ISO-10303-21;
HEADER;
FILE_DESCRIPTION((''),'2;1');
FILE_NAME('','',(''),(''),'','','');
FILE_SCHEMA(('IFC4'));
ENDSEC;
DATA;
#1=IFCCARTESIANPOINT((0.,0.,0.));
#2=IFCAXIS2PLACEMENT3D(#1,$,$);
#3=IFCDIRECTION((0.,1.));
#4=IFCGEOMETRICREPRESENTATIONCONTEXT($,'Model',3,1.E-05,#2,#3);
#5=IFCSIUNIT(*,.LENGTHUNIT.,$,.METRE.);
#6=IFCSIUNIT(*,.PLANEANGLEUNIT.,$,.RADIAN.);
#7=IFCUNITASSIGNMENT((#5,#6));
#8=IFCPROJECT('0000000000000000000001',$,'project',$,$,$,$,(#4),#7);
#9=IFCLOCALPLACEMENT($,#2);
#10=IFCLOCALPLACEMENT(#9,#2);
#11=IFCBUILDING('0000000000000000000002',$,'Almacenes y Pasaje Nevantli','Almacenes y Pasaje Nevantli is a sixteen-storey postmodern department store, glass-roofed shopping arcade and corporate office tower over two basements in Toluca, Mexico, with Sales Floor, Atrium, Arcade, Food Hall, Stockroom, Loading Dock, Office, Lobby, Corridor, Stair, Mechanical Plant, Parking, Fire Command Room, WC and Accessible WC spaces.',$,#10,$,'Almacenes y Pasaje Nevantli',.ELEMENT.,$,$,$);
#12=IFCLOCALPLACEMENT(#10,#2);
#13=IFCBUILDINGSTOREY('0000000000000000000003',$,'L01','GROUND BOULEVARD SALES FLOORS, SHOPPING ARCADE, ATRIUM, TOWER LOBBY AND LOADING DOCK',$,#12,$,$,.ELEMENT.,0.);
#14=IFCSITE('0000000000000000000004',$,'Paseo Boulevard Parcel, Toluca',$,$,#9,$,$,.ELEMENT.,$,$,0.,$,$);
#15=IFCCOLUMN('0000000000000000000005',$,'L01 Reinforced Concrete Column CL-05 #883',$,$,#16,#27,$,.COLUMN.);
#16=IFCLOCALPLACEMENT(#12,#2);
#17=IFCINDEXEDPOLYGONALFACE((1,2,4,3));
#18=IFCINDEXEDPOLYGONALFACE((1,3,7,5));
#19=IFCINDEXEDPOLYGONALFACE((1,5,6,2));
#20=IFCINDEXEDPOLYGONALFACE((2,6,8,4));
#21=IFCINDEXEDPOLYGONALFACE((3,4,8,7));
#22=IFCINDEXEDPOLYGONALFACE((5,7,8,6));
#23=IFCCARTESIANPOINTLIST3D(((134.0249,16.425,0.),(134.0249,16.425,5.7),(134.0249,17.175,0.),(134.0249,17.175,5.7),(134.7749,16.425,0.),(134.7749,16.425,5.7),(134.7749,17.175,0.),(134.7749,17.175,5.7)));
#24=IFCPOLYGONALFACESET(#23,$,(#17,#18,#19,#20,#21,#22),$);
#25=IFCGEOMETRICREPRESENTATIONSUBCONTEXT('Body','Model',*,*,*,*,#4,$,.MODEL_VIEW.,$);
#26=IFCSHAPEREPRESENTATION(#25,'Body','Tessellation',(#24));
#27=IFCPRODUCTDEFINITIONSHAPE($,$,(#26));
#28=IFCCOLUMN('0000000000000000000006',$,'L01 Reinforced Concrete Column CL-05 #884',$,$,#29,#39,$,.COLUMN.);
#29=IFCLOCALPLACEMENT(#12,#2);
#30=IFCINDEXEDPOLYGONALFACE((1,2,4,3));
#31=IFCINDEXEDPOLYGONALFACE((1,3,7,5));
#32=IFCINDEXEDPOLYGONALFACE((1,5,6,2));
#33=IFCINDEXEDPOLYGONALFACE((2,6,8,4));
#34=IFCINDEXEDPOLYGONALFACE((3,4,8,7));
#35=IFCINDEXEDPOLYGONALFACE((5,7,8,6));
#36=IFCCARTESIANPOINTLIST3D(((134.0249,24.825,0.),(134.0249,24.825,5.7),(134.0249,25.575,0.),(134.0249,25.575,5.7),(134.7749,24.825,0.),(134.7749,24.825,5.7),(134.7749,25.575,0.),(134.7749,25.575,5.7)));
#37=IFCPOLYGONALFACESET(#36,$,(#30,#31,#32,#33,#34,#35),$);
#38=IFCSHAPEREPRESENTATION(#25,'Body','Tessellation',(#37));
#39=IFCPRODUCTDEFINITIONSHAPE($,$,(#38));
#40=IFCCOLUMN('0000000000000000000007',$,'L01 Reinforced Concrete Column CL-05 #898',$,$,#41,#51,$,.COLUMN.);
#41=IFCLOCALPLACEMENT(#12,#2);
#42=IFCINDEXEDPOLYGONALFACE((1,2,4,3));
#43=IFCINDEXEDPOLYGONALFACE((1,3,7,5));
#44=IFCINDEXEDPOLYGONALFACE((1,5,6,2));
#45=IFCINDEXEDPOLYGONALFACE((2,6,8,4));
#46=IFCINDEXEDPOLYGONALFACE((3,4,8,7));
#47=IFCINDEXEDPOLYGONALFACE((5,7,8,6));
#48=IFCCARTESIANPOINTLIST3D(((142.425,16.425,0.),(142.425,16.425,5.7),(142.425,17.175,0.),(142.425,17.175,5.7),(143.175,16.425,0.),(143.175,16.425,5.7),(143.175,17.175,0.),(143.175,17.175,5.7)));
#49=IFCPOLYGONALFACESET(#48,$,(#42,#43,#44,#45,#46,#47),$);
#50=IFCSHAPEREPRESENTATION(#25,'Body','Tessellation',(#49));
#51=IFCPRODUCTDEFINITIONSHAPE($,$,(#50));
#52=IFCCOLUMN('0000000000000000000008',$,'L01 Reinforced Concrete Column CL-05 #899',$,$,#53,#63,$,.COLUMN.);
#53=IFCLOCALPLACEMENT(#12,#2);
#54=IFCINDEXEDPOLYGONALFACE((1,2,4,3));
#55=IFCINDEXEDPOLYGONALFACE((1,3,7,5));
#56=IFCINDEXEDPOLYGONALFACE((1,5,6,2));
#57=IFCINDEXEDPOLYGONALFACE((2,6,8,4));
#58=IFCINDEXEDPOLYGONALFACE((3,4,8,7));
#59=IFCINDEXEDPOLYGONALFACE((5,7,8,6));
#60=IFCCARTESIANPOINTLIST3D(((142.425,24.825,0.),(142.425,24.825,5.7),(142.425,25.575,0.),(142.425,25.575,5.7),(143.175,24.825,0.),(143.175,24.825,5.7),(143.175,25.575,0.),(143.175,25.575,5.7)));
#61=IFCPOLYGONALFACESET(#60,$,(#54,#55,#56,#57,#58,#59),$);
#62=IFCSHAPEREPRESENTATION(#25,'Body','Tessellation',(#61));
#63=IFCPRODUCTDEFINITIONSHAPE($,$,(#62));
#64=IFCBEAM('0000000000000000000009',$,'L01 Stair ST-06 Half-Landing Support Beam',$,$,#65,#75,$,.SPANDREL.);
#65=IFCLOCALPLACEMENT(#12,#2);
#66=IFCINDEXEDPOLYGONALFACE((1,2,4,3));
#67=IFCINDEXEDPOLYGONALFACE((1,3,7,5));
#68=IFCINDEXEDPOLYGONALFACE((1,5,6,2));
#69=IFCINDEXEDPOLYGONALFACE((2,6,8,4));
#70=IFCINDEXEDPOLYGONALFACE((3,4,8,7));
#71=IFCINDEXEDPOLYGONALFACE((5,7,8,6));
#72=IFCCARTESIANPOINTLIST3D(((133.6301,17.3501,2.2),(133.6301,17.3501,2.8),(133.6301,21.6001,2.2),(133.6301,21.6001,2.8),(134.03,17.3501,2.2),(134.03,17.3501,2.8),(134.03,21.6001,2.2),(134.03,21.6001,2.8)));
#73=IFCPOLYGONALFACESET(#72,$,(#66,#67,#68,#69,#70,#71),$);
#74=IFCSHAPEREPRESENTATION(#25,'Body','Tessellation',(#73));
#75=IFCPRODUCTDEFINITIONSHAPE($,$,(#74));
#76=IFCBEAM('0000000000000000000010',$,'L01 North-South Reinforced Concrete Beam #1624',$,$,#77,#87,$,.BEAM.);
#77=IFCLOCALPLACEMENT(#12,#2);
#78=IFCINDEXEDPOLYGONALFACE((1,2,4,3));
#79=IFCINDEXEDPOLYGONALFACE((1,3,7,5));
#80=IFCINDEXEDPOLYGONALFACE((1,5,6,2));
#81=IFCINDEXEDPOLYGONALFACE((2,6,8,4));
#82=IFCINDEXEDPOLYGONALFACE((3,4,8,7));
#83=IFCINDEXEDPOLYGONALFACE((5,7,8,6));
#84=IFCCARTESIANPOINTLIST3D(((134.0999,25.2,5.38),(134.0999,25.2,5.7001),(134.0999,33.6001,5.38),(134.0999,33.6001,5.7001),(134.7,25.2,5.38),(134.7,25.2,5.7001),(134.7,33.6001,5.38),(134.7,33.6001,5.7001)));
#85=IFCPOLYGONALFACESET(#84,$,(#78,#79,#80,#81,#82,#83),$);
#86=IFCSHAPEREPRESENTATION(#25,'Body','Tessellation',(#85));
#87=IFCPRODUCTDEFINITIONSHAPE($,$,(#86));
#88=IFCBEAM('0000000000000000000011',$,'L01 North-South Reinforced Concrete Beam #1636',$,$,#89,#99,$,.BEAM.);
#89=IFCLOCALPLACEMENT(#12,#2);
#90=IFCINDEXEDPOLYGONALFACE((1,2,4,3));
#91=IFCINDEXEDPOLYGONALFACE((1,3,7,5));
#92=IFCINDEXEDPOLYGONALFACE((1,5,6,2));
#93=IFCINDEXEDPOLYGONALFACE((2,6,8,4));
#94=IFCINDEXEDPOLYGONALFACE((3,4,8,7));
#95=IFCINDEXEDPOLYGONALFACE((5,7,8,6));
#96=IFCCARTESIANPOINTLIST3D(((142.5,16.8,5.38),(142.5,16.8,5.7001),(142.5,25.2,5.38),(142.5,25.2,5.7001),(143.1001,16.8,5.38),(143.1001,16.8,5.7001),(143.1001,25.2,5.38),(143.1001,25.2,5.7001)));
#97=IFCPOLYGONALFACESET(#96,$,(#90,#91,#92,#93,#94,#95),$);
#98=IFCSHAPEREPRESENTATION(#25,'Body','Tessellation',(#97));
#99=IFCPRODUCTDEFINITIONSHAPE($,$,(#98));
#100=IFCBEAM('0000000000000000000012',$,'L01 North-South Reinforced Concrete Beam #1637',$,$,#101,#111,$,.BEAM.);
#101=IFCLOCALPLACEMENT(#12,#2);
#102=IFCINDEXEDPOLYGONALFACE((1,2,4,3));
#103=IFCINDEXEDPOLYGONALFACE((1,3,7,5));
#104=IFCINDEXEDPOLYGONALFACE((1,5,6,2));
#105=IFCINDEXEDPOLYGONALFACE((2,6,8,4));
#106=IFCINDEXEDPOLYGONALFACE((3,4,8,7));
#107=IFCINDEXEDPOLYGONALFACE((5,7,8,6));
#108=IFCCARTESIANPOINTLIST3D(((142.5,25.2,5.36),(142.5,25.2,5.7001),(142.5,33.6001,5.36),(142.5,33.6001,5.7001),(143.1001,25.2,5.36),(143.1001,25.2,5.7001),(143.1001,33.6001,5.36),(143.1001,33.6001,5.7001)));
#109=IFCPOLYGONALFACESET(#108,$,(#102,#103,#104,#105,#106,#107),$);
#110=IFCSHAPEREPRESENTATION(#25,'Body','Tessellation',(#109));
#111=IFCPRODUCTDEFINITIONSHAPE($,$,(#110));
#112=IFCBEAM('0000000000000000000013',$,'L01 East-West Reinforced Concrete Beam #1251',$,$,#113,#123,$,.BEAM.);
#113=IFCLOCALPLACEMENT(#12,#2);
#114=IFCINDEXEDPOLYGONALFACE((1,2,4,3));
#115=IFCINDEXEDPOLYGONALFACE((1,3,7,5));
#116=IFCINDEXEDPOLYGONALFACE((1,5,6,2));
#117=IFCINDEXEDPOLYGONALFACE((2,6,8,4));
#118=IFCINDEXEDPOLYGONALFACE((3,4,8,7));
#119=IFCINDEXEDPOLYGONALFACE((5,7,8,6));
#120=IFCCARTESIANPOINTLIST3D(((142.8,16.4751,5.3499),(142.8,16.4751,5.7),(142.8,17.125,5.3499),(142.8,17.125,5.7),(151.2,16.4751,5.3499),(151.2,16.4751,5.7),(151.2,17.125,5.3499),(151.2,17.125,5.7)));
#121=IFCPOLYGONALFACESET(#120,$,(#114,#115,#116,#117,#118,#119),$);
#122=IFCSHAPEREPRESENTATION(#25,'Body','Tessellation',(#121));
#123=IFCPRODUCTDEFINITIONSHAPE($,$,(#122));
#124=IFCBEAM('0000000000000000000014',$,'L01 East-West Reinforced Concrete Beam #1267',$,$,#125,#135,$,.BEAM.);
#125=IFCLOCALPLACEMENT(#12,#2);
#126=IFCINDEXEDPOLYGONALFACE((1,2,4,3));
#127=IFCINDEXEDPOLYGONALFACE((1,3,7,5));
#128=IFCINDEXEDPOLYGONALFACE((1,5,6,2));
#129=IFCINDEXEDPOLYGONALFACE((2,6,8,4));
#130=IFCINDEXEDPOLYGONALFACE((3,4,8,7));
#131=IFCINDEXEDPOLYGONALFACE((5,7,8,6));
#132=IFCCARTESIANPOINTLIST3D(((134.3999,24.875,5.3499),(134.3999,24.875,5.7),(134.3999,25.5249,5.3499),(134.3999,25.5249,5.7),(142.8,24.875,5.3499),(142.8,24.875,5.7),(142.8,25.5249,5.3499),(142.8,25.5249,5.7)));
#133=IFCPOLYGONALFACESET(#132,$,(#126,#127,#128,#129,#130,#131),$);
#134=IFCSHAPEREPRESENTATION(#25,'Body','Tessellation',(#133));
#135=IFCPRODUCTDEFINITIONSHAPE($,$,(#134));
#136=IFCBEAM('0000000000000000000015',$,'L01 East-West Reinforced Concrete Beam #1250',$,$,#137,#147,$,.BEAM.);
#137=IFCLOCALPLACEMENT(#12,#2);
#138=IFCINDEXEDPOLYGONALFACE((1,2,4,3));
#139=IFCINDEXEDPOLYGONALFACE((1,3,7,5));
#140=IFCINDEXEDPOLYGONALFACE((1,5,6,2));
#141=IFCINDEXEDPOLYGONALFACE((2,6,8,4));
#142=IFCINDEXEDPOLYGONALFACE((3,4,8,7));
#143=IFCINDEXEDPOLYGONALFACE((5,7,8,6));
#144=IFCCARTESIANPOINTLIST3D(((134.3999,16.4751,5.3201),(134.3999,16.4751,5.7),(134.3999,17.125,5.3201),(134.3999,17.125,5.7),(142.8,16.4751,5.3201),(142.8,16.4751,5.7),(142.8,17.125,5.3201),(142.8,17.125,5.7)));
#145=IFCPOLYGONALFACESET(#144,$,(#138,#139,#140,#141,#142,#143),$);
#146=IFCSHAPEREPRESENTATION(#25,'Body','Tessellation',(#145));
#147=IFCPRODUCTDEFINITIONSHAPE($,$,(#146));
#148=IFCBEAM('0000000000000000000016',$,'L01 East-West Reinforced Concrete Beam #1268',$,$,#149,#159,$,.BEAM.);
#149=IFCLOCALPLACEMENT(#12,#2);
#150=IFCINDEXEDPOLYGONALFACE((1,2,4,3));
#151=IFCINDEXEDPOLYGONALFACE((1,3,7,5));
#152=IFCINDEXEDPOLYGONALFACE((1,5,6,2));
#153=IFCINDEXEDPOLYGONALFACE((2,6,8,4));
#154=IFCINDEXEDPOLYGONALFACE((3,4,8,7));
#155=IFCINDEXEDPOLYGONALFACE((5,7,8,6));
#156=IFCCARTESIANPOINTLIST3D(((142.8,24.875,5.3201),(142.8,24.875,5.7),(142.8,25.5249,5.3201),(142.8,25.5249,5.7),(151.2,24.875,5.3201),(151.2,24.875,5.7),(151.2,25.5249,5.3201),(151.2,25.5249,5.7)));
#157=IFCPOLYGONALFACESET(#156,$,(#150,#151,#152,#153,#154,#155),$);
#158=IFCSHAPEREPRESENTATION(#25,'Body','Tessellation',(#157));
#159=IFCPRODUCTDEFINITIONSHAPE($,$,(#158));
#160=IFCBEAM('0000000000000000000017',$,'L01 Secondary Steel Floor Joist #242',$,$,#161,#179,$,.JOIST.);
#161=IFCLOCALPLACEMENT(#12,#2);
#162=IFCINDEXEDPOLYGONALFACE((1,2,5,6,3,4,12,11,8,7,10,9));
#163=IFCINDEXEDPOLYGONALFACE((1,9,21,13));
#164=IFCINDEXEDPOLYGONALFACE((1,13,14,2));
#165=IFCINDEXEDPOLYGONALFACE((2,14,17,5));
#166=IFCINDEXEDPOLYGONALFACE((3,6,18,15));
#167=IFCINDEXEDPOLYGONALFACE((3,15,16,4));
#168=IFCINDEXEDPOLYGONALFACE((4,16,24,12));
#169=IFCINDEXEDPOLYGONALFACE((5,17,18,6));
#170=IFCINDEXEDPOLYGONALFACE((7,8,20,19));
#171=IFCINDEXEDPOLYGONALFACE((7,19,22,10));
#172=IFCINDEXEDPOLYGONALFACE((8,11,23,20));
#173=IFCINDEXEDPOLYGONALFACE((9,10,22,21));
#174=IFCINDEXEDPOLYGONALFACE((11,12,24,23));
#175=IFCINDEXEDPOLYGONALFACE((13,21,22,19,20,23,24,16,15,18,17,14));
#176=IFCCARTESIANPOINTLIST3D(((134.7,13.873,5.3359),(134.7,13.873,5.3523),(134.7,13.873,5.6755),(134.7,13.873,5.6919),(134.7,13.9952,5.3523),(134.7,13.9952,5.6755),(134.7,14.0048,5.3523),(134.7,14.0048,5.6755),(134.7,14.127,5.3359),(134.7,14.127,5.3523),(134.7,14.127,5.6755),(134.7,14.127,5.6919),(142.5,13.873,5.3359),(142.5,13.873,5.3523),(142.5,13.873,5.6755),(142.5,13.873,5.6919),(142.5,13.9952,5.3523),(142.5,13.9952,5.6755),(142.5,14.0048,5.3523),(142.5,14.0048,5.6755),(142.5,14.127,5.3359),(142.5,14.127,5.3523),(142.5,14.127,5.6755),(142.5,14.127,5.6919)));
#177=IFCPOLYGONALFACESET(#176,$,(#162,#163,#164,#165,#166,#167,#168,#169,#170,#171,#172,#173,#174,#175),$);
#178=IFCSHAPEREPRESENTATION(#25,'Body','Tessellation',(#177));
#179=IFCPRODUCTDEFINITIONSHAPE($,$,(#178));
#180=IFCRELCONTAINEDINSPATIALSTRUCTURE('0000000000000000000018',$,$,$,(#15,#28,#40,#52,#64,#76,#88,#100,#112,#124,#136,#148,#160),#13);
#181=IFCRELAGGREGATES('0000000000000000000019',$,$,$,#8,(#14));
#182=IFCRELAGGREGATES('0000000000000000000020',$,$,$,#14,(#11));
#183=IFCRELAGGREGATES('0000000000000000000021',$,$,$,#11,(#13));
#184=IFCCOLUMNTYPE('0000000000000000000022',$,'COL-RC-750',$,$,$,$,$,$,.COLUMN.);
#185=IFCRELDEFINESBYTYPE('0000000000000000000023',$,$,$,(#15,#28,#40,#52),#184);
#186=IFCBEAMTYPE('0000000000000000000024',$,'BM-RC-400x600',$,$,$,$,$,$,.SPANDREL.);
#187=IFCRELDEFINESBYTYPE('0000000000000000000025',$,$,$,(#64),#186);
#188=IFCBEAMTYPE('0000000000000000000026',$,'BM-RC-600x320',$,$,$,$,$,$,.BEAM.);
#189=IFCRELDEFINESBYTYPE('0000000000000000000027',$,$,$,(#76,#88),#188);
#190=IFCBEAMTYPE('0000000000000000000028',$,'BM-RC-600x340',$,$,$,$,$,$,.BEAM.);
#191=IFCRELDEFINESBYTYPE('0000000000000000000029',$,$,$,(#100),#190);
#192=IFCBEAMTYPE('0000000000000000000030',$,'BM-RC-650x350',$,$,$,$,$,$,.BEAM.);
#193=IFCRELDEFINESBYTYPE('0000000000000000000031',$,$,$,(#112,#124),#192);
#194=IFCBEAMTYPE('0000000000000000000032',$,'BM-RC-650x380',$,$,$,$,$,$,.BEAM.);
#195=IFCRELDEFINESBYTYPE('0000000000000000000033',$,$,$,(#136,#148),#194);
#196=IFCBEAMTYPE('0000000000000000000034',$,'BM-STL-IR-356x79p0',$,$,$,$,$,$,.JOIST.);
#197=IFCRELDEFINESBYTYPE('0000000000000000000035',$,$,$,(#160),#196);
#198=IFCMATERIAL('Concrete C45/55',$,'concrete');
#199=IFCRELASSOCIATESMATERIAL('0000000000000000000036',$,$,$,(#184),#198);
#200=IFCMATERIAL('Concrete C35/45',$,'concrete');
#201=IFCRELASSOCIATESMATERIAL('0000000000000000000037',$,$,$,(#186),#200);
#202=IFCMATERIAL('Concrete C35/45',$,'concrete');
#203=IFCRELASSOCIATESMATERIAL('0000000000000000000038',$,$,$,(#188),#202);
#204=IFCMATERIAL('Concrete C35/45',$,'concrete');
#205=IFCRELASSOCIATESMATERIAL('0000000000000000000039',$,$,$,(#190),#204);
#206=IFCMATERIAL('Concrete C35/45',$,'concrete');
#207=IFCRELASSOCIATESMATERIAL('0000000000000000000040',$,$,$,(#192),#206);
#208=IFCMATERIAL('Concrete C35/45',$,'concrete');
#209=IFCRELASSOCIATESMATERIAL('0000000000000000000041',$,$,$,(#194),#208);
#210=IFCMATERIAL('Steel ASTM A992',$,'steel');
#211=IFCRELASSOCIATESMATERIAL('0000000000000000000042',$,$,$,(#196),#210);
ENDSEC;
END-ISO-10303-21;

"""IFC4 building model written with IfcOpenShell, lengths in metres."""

from ifc_helpers import new_model, si_unit, direction, frame, origin, origin_2d, place, context, subcontext, project, spatial, rectangle, i_section, extrude, material, material_profile, profile_set, type_object, element, save


model = new_model("IFC4")

# Units and contexts
model_context = context("Model", 3, precision=1e-05, world=origin(), true_north=direction((0.0, 1.0)))
body_context = subcontext(model_context, "Body", "Model", "MODEL_VIEW")
ifc_project = project(units=[si_unit("LENGTHUNIT", "METRE"), si_unit("PLANEANGLEUNIT", "RADIAN")], contexts=[model_context])

# Site, building, storey
site_placement = place(None, origin())
site = spatial("IfcSite", under=ifc_project, at=site_placement, Name="Paseo Boulevard Parcel, Toluca", CompositionType="ELEMENT", RefElevation=0.0)
building_placement = place(site_placement, origin())
building = spatial("IfcBuilding", under=site, at=building_placement, Name="Almacenes y Pasaje Nevantli", Description="Almacenes y Pasaje Nevantli is a sixteen-storey postmodern department store, glass-roofed shopping arcade and corporate office tower over two basements in Toluca, Mexico, with Sales Floor, Atrium, Arcade, Food Hall, Stockroom, Loading Dock, Office, Lobby, Corridor, Stair, Mechanical Plant, Parking, Fire Command Room, WC and Accessible WC spaces.", LongName="Almacenes y Pasaje Nevantli", CompositionType="ELEMENT")
storey_placement = place(building_placement, origin())
storey = spatial("IfcBuildingStorey", under=building, at=storey_placement, Name="L01", Description="GROUND BOULEVARD SALES FLOORS, SHOPPING ARCADE, ATRIUM, TOWER LOBBY AND LOADING DOCK", CompositionType="ELEMENT", Elevation=0.0)

# Columns
ifc_material_1 = material(Name="Concrete C45/55", Category="concrete")
ifc_material_profile_1 = material_profile(ifc_material_1, rectangle(XDim=0.75, YDim=0.75, at=origin_2d()), Name="RC-COL-750x750")
ifc_profile_set_1 = profile_set([ifc_material_profile_1], Name="Concrete C45/55")
column_type = type_object("IfcColumnType", Name="COL-RC-750", PredefinedType="COLUMN", material=ifc_profile_set_1)
for number, where, z_axis, x_axis, name in (
    (1, (134.3999, 16.8, 0.0), (0.0, 0.0, 1.0), (1.0, 0.0, 0.0), "L01 Reinforced Concrete Column CL-05 #883"),
    (2, (134.3999, 25.2, 0.0), (0.0, 0.0, 1.0), (1.0, 0.0, 0.0), "L01 Reinforced Concrete Column CL-05 #884"),
    (3, (142.8, 16.8, 0.0), (0.0, 0.0, 1.0), (1.0, 0.0, 0.0), "L01 Reinforced Concrete Column CL-05 #898"),
    (4, (142.8, 25.2, 0.0), (0.0, 0.0, 1.0), (1.0, 0.0, 0.0), "L01 Reinforced Concrete Column CL-05 #899"),
):
    element("IfcColumn", number, at=place(storey_placement, frame(where, z_axis=z_axis, x_axis=x_axis)), inside=storey, type_object=column_type, Name=name, PredefinedType="COLUMN", context=body_context, shape_type="SweptSolid", body=[
        extrude(rectangle(XDim=0.75, YDim=0.75, at=origin_2d()), origin(), (0.0, 0.0, 1.0), 5.7),
    ])

# Beams
ifc_material_2 = material(Name="Concrete C35/45", Category="concrete")
ifc_material_profile_2 = material_profile(ifc_material_2, rectangle(XDim=0.3999, YDim=0.6001, at=origin_2d()), Name="RC-BM-400x600")
ifc_profile_set_2 = profile_set([ifc_material_profile_2], Name="Concrete C35/45")
beam_type_1 = type_object("IfcBeamType", Name="BM-RC-400x600", PredefinedType="SPANDREL", material=ifc_profile_set_2)
beam_1_placement = place(storey_placement, frame((133.8301, 17.3501, 2.5), z_axis=(0.0, 1.0, 0.0), x_axis=(-1.0, 0.0, 0.0)))
element("IfcBeam", 5, at=beam_1_placement, inside=storey, type_object=beam_type_1, Name="L01 Stair ST-06 Half-Landing Support Beam", PredefinedType="SPANDREL", context=body_context, shape_type="SweptSolid", body=[
    extrude(rectangle(XDim=0.3999, YDim=0.6001, at=origin_2d()), origin(), (0.0, 0.0, 1.0), 4.25),
])
ifc_material_3 = material(Name="Concrete C35/45", Category="concrete")
ifc_material_profile_3 = material_profile(ifc_material_3, rectangle(XDim=0.6001, YDim=0.3201, at=origin_2d()), Name="RC-BM-600x320")
ifc_profile_set_3 = profile_set([ifc_material_profile_3], Name="Concrete C35/45")
beam_type_2 = type_object("IfcBeamType", Name="BM-RC-600x320", PredefinedType="BEAM", material=ifc_profile_set_3)
beam_2_placement = place(storey_placement, frame((134.3999, 25.2, 5.54), z_axis=(0.0, 1.0, 0.0), x_axis=(-1.0, 0.0, 0.0)))
element("IfcBeam", 6, at=beam_2_placement, inside=storey, type_object=beam_type_2, Name="L01 North-South Reinforced Concrete Beam #1624", PredefinedType="BEAM", context=body_context, shape_type="SweptSolid", body=[
    extrude(rectangle(XDim=0.6001, YDim=0.3201, at=origin_2d()), origin(), (0.0, 0.0, 1.0), 8.4001),
])
beam_3_placement = place(storey_placement, frame((142.8, 16.8, 5.54), z_axis=(0.0, 1.0, 0.0), x_axis=(-1.0, 0.0, 0.0)))
element("IfcBeam", 7, at=beam_3_placement, inside=storey, type_object=beam_type_2, Name="L01 North-South Reinforced Concrete Beam #1636", PredefinedType="BEAM", context=body_context, shape_type="SweptSolid", body=[
    extrude(rectangle(XDim=0.6001, YDim=0.3201, at=origin_2d()), origin(), (0.0, 0.0, 1.0), 8.3999),
])
ifc_material_4 = material(Name="Concrete C35/45", Category="concrete")
ifc_material_profile_4 = material_profile(ifc_material_4, rectangle(XDim=0.6001, YDim=0.3401, at=origin_2d()), Name="RC-BM-600x340")
ifc_profile_set_4 = profile_set([ifc_material_profile_4], Name="Concrete C35/45")
beam_type_3 = type_object("IfcBeamType", Name="BM-RC-600x340", PredefinedType="BEAM", material=ifc_profile_set_4)
beam_4_placement = place(storey_placement, frame((142.8, 25.2, 5.53), z_axis=(0.0, 1.0, 0.0), x_axis=(-1.0, 0.0, 0.0)))
element("IfcBeam", 8, at=beam_4_placement, inside=storey, type_object=beam_type_3, Name="L01 North-South Reinforced Concrete Beam #1637", PredefinedType="BEAM", context=body_context, shape_type="SweptSolid", body=[
    extrude(rectangle(XDim=0.6001, YDim=0.3401, at=origin_2d()), origin(), (0.0, 0.0, 1.0), 8.4001),
])
ifc_material_5 = material(Name="Concrete C35/45", Category="concrete")
ifc_material_profile_5 = material_profile(ifc_material_5, rectangle(XDim=0.6499, YDim=0.3501, at=origin_2d()), Name="RC-BM-650x350")
ifc_profile_set_5 = profile_set([ifc_material_profile_5], Name="Concrete C35/45")
beam_type_4 = type_object("IfcBeamType", Name="BM-RC-650x350", PredefinedType="BEAM", material=ifc_profile_set_5)
beam_5_placement = place(storey_placement, frame((142.8, 16.8, 5.5249), z_axis=(1.0, 0.0, 0.0), x_axis=(0.0, 1.0, 0.0)))
element("IfcBeam", 9, at=beam_5_placement, inside=storey, type_object=beam_type_4, Name="L01 East-West Reinforced Concrete Beam #1251", PredefinedType="BEAM", context=body_context, shape_type="SweptSolid", body=[
    extrude(rectangle(XDim=0.6499, YDim=0.3501, at=origin_2d()), origin(), (0.0, 0.0, 1.0), 8.3999),
])
beam_6_placement = place(storey_placement, frame((134.3999, 25.2, 5.5249), z_axis=(1.0, 0.0, 0.0), x_axis=(0.0, 1.0, 0.0)))
element("IfcBeam", 10, at=beam_6_placement, inside=storey, type_object=beam_type_4, Name="L01 East-West Reinforced Concrete Beam #1267", PredefinedType="BEAM", context=body_context, shape_type="SweptSolid", body=[
    extrude(rectangle(XDim=0.6499, YDim=0.3501, at=origin_2d()), origin(), (0.0, 0.0, 1.0), 8.4001),
])
ifc_material_6 = material(Name="Concrete C35/45", Category="concrete")
ifc_material_profile_6 = material_profile(ifc_material_6, rectangle(XDim=0.6499, YDim=0.3799, at=origin_2d()), Name="RC-BM-650x380")
ifc_profile_set_6 = profile_set([ifc_material_profile_6], Name="Concrete C35/45")
beam_type_5 = type_object("IfcBeamType", Name="BM-RC-650x380", PredefinedType="BEAM", material=ifc_profile_set_6)
beam_7_placement = place(storey_placement, frame((134.3999, 16.8, 5.51), z_axis=(1.0, 0.0, 0.0), x_axis=(0.0, 1.0, 0.0)))
element("IfcBeam", 11, at=beam_7_placement, inside=storey, type_object=beam_type_5, Name="L01 East-West Reinforced Concrete Beam #1250", PredefinedType="BEAM", context=body_context, shape_type="SweptSolid", body=[
    extrude(rectangle(XDim=0.6499, YDim=0.3799, at=origin_2d()), origin(), (0.0, 0.0, 1.0), 8.4001),
])
beam_8_placement = place(storey_placement, frame((142.8, 25.2, 5.51), z_axis=(1.0, 0.0, 0.0), x_axis=(0.0, 1.0, 0.0)))
element("IfcBeam", 12, at=beam_8_placement, inside=storey, type_object=beam_type_5, Name="L01 East-West Reinforced Concrete Beam #1268", PredefinedType="BEAM", context=body_context, shape_type="SweptSolid", body=[
    extrude(rectangle(XDim=0.6499, YDim=0.3799, at=origin_2d()), origin(), (0.0, 0.0, 1.0), 8.3999),
])
ifc_material_7 = material(Name="Steel ASTM A992", Category="steel")
ifc_material_profile_7 = material_profile(ifc_material_7, i_section(OverallWidth=0.2539, OverallDepth=0.356, WebThickness=0.0095, FlangeThickness=0.0164, at=origin_2d()), Name="IR 356x79.0")
ifc_profile_set_7 = profile_set([ifc_material_profile_7], Name="Steel ASTM A992")
beam_type_6 = type_object("IfcBeamType", Name="BM-STL-IR-356x79p0", PredefinedType="JOIST", material=ifc_profile_set_7)
beam_9_placement = place(storey_placement, frame((134.7, 14.0, 5.5139), z_axis=(1.0, 0.0, 0.0), x_axis=(0.0, 1.0, 0.0)))
element("IfcBeam", 13, at=beam_9_placement, inside=storey, type_object=beam_type_6, Name="L01 Secondary Steel Floor Joist #242", PredefinedType="JOIST", context=body_context, shape_type="SweptSolid", body=[
    extrude(i_section(OverallWidth=0.2539, OverallDepth=0.356, WebThickness=0.0095, FlangeThickness=0.0164, at=origin_2d()), origin(), (0.0, 0.0, 1.0), 7.8),
])

save(model, "model.ifc")
